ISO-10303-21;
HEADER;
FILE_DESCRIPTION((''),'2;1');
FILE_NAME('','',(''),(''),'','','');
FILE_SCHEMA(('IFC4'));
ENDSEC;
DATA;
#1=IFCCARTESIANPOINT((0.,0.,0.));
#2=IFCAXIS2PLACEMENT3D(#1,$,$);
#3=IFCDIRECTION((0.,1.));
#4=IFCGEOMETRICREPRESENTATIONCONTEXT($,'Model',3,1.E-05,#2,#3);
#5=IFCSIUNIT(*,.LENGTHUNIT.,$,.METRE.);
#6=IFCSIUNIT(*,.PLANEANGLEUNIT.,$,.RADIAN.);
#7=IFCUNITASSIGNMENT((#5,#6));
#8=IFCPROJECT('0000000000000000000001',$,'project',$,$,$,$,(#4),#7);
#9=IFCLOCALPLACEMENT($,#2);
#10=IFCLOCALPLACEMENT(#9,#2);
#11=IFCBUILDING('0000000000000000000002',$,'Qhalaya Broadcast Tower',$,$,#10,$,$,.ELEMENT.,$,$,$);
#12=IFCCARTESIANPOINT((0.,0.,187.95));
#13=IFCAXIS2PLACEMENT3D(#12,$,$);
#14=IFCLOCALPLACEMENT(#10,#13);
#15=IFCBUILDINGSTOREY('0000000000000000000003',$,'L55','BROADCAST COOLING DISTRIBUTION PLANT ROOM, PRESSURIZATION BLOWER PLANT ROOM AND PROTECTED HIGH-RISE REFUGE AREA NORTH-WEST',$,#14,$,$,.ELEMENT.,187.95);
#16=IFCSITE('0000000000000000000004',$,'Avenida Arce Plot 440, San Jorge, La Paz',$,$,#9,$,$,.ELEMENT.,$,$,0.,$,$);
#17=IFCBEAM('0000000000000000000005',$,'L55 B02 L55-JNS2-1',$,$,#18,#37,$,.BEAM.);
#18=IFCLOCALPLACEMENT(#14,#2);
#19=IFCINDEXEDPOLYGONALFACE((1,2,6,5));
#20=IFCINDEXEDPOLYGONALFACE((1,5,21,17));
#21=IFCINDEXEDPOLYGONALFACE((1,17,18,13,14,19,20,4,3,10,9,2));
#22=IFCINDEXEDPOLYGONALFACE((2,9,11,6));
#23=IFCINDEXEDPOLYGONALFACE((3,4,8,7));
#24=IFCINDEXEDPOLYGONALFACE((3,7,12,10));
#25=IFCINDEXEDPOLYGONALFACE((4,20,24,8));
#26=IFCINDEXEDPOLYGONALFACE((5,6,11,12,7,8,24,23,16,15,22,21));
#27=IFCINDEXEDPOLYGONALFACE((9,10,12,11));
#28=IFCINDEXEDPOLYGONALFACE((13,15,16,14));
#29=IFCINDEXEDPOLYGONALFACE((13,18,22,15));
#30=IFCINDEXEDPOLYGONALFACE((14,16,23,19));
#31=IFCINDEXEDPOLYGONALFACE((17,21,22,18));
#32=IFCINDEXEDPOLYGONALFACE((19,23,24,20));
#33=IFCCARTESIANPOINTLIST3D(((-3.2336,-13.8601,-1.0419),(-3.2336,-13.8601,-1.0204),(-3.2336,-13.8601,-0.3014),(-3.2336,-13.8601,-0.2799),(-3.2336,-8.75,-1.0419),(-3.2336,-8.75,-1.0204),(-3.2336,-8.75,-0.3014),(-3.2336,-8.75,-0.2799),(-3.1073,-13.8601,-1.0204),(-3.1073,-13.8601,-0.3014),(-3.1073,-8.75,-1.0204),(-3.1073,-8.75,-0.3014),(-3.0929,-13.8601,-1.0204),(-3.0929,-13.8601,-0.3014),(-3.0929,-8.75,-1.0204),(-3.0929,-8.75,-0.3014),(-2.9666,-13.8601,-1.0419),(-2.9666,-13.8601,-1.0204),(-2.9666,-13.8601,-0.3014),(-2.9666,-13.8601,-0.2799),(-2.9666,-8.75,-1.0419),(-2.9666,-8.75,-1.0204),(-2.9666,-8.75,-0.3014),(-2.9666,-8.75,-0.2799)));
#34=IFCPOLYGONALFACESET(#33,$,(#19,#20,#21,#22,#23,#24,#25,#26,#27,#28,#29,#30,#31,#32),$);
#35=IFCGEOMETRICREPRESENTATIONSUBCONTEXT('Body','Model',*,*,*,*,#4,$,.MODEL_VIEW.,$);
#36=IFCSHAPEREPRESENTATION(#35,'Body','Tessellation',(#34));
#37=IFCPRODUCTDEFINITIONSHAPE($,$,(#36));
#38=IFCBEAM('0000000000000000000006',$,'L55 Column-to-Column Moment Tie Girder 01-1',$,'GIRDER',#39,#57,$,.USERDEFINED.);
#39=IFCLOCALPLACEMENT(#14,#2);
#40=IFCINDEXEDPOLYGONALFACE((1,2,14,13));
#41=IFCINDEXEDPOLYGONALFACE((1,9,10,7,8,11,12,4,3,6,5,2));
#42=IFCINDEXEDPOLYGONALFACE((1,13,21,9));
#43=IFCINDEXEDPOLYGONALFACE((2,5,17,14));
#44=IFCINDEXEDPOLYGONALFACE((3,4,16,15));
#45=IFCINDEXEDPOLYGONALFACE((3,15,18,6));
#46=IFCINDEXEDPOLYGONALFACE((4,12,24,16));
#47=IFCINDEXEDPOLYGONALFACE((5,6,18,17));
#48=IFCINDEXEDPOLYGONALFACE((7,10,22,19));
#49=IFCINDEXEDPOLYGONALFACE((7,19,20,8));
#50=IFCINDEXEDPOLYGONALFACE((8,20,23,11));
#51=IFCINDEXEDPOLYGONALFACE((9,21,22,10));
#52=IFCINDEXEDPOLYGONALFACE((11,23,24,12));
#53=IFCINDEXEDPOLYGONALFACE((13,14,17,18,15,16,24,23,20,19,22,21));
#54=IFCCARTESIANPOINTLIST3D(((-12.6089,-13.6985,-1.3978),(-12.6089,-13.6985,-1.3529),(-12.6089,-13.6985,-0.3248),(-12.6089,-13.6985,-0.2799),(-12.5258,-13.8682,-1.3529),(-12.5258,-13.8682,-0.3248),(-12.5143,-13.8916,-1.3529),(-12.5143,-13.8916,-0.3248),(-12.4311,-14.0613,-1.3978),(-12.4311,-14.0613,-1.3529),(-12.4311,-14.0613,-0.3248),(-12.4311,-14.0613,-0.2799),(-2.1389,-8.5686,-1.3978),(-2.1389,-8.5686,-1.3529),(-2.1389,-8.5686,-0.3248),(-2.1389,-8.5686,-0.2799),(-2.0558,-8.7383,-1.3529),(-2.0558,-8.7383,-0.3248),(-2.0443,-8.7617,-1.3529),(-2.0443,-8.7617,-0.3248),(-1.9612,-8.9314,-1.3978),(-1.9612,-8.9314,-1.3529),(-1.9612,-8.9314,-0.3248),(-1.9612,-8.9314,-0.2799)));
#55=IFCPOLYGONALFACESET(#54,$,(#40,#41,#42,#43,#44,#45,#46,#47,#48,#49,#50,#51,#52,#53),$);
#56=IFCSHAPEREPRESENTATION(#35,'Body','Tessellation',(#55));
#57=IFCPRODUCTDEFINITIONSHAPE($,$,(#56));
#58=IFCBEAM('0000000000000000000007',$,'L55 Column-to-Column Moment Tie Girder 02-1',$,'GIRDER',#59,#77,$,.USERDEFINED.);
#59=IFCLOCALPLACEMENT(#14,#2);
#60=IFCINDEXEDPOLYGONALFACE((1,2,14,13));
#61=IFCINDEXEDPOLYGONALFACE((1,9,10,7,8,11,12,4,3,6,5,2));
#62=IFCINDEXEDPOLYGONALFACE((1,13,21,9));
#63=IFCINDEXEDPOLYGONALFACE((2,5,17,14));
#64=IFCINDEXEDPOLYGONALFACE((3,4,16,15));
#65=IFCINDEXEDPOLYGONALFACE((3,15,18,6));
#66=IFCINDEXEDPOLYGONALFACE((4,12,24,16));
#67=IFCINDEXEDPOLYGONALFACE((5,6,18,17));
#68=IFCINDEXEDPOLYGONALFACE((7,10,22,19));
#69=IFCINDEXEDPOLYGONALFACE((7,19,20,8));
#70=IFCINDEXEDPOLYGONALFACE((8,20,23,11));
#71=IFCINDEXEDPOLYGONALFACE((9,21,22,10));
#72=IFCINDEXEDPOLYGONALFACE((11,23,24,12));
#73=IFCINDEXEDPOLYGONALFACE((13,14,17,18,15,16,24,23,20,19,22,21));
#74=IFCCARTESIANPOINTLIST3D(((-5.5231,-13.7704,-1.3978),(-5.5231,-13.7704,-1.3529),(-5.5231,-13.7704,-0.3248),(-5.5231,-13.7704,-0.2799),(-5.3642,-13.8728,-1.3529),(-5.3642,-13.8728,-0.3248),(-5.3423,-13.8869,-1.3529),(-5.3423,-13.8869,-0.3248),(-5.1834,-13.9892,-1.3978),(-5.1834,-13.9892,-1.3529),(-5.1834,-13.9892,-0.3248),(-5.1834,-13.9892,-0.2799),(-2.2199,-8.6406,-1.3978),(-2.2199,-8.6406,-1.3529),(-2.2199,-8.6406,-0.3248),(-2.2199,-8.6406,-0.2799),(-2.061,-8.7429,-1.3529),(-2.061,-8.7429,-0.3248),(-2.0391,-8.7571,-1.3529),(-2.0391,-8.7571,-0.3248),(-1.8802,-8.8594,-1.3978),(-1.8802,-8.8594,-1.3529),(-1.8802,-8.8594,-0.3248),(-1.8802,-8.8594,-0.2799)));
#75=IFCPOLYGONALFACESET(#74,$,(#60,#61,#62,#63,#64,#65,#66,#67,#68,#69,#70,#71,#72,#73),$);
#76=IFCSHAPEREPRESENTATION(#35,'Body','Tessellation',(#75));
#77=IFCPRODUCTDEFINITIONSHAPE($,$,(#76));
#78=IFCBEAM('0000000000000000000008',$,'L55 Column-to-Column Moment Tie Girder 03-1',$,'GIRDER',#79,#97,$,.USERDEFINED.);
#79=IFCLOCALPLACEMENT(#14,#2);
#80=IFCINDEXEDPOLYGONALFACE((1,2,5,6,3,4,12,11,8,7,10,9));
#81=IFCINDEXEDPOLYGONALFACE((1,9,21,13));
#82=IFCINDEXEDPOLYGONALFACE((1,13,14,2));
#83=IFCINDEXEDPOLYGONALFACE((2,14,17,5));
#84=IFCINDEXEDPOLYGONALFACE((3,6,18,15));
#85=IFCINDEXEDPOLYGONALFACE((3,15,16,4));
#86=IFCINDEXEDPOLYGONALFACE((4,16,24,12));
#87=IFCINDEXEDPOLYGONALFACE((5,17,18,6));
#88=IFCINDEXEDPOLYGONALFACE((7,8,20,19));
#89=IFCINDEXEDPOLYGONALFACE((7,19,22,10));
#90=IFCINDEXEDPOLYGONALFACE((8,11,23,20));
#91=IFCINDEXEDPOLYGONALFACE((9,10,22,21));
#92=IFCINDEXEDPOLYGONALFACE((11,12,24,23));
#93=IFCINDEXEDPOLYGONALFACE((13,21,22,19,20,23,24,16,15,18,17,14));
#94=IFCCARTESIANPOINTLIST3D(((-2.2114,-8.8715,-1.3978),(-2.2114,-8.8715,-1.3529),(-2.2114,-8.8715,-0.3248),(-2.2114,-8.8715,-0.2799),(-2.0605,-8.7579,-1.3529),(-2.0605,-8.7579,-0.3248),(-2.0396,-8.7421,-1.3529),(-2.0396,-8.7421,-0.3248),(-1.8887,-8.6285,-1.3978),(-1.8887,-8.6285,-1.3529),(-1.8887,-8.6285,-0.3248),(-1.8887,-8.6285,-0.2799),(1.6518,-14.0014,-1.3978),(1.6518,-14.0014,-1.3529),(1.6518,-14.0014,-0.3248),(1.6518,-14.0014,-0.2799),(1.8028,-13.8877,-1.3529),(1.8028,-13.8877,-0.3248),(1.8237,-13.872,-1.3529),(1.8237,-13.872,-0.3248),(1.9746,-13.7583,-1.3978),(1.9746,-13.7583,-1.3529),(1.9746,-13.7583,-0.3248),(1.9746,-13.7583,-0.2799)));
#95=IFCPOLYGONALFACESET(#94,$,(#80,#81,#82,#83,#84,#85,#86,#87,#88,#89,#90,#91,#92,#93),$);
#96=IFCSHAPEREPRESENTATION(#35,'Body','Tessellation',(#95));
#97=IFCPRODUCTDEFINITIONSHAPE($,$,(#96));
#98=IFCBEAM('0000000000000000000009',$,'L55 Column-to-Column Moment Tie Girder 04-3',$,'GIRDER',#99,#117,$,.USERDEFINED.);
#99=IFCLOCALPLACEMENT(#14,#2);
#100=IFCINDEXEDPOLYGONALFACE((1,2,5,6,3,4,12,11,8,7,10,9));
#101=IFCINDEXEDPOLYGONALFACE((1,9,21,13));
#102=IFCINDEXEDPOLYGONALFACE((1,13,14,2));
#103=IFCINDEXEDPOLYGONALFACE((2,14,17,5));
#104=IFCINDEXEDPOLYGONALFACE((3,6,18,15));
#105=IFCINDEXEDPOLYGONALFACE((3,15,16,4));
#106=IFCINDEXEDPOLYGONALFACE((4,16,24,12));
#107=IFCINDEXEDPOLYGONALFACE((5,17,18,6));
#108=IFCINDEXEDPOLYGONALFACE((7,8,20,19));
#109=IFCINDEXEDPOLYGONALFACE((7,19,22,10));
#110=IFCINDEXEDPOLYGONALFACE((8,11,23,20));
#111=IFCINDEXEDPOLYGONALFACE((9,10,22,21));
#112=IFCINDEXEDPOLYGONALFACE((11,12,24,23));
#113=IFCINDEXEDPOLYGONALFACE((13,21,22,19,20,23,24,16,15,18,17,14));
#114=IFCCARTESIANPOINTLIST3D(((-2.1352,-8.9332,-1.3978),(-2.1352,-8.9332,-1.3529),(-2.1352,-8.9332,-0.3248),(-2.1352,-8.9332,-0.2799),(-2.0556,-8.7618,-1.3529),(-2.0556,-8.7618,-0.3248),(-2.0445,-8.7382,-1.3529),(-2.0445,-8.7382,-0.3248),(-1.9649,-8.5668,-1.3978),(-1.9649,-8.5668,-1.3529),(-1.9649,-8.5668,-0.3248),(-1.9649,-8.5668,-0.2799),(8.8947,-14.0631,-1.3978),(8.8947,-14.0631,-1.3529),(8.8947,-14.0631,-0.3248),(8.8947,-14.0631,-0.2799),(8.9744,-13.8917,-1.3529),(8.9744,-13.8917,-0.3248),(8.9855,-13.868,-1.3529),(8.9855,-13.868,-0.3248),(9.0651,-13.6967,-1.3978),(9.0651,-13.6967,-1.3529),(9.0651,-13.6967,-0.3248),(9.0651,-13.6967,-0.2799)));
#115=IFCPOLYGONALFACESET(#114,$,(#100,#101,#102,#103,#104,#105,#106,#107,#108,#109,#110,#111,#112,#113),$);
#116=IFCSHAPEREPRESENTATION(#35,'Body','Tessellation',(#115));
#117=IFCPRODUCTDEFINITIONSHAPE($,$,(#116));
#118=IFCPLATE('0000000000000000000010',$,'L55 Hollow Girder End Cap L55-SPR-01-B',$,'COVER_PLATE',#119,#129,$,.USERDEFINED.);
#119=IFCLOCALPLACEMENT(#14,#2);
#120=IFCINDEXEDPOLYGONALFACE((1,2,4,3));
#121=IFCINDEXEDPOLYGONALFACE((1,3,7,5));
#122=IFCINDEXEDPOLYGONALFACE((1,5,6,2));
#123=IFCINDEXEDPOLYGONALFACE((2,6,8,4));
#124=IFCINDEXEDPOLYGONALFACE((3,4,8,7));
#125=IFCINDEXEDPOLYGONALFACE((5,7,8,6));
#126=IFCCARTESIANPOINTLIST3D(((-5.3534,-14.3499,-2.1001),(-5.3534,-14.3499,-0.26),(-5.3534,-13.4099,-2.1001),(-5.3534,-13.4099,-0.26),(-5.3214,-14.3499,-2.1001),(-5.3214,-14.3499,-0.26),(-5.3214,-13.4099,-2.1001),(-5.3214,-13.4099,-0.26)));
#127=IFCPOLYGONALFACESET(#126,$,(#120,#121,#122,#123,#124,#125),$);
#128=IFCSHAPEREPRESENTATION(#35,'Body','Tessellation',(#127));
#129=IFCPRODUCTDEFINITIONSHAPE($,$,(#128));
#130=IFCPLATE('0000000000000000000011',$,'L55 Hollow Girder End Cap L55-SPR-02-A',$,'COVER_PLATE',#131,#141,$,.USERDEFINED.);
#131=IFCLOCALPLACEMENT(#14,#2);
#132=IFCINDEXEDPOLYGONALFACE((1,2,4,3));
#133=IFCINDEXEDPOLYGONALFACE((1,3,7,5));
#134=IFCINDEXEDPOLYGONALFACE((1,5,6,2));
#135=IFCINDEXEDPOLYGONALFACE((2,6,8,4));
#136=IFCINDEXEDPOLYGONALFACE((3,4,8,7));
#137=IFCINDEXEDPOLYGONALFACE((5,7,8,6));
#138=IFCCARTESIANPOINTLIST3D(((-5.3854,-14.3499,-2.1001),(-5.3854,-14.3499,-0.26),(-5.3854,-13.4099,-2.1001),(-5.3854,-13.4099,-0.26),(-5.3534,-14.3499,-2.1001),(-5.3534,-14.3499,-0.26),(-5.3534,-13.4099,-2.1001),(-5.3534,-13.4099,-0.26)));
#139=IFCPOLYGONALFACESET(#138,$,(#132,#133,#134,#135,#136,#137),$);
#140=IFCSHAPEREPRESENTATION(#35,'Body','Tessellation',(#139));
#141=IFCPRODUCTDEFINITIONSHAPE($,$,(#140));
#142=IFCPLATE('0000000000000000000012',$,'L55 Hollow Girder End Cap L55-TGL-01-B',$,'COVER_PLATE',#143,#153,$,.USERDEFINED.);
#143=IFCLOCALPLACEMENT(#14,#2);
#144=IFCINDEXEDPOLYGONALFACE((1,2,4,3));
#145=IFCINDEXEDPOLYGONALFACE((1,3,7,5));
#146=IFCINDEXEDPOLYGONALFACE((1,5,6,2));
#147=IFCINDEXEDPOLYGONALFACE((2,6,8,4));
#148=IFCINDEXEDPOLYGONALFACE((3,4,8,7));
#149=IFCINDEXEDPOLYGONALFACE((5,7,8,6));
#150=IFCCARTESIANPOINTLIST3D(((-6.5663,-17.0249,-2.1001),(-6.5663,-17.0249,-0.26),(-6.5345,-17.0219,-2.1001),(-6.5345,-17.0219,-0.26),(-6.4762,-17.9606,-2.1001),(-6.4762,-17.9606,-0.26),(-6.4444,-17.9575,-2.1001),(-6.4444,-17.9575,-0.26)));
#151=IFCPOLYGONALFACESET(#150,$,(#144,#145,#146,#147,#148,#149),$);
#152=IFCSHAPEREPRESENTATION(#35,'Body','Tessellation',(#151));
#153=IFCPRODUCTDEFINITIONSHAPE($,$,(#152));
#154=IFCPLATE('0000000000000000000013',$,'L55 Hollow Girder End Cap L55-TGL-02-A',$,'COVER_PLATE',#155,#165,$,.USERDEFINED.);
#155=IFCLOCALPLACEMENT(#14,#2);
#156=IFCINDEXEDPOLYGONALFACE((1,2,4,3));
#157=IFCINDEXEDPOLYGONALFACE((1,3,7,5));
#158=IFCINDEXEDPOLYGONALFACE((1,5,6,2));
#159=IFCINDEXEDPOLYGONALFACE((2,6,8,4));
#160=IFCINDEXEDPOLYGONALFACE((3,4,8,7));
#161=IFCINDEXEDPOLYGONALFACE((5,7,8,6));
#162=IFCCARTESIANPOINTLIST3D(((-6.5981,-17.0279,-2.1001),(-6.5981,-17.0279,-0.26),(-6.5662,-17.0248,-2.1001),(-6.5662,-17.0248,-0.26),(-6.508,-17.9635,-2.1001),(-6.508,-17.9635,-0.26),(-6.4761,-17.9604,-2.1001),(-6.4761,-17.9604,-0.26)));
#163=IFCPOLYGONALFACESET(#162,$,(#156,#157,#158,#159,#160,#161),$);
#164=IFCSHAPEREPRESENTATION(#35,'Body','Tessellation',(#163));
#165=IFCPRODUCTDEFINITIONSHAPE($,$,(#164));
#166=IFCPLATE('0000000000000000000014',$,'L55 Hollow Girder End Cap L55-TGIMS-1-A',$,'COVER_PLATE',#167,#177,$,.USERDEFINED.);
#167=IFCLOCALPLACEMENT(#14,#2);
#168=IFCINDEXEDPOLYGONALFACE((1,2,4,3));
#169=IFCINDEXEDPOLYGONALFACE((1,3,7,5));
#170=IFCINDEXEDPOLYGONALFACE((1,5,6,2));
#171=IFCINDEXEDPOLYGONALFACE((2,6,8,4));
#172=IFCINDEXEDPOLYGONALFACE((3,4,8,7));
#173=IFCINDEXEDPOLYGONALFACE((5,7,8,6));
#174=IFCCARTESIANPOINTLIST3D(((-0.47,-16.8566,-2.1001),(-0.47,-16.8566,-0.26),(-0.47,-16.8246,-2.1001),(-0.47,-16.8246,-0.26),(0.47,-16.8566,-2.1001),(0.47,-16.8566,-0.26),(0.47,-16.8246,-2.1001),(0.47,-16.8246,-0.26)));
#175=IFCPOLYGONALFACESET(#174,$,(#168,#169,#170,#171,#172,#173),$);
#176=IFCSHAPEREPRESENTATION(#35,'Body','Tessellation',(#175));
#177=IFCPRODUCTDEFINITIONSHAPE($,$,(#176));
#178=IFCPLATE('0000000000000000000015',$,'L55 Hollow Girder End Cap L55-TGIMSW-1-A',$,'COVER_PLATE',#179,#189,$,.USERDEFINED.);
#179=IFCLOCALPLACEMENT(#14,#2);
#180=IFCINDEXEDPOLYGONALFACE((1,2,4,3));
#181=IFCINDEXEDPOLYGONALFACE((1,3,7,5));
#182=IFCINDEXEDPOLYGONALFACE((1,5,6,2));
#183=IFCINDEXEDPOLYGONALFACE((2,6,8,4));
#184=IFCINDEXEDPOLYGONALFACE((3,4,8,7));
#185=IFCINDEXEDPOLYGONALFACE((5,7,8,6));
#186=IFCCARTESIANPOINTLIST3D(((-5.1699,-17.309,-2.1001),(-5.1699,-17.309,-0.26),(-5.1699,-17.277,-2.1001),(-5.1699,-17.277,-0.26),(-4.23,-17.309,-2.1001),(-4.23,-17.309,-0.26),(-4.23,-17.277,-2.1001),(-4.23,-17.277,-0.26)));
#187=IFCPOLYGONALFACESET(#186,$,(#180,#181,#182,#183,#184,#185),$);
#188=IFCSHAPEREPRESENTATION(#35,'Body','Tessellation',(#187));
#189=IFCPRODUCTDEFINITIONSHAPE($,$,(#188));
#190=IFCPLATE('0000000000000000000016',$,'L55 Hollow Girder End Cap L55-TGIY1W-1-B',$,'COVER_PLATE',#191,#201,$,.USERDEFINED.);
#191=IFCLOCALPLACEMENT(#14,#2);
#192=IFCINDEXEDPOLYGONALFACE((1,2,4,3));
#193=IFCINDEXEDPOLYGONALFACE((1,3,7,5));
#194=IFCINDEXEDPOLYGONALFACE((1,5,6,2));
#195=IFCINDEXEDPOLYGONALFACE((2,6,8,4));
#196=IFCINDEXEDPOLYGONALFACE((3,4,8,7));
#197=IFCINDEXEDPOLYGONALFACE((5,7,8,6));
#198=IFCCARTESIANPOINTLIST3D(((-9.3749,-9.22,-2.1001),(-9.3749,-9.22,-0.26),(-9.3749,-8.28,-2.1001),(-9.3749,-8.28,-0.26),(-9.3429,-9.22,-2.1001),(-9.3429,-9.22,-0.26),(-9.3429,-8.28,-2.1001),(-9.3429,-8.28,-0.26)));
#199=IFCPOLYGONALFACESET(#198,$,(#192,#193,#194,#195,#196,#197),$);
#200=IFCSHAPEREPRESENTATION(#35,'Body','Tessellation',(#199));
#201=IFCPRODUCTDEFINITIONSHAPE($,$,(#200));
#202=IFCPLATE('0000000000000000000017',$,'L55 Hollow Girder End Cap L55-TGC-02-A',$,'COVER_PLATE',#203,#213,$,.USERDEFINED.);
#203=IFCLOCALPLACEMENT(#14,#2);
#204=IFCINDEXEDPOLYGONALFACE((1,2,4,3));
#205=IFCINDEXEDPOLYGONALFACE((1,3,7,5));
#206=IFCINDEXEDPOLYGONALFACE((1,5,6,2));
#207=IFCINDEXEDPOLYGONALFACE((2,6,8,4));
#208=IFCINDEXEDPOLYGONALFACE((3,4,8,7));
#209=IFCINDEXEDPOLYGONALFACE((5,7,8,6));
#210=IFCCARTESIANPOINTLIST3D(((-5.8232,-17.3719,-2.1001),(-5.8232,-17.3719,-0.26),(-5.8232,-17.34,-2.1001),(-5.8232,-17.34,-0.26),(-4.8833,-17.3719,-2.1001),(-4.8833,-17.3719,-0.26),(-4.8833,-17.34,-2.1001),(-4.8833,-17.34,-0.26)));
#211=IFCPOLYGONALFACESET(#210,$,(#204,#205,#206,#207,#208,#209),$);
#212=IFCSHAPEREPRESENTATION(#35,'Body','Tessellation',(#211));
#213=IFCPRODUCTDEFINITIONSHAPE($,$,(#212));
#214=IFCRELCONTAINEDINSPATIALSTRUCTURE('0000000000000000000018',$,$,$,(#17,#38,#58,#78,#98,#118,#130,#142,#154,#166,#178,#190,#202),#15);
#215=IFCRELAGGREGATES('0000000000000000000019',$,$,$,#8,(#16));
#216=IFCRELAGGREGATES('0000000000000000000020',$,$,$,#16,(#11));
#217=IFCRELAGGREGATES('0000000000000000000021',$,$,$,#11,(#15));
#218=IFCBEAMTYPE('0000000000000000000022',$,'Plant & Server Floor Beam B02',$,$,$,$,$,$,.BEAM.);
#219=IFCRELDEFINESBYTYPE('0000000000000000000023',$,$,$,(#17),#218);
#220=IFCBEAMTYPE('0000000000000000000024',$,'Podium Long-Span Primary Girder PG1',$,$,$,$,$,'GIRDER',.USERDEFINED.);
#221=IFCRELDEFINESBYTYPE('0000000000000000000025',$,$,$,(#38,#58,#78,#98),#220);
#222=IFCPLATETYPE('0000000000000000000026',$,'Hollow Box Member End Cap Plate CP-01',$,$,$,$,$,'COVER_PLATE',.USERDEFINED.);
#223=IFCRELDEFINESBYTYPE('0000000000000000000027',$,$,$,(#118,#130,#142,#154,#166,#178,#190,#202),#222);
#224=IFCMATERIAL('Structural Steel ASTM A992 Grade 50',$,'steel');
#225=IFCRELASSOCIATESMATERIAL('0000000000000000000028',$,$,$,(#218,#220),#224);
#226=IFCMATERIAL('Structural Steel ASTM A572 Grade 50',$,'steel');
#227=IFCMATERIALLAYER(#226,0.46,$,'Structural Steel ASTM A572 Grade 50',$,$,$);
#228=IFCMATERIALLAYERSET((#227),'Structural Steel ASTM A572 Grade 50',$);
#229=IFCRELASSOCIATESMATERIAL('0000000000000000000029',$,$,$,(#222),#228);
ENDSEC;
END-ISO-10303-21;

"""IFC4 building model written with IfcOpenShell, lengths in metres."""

from ifc_helpers import new_model, si_unit, direction, frame, origin, origin_2d, place, context, subcontext, project, spatial, rectangle, i_section, extrude, material, layer, layer_set, material_profile, profile_set, type_object, element, save


model = new_model("IFC4")

# Units and contexts
model_context = context("Model", 3, precision=1e-05, world=origin(), true_north=direction((0.0, 1.0)))
body_context = subcontext(model_context, "Body", "Model", "MODEL_VIEW")
ifc_project = project(units=[si_unit("LENGTHUNIT", "METRE"), si_unit("PLANEANGLEUNIT", "RADIAN")], contexts=[model_context])

# Site, building, storey
site_placement = place(None, origin())
site = spatial("IfcSite", under=ifc_project, at=site_placement, Name="Avenida Arce Plot 440, San Jorge, La Paz", CompositionType="ELEMENT", RefElevation=0.0)
building_placement = place(site_placement, origin())
building = spatial("IfcBuilding", under=site, at=building_placement, Name="Qhalaya Broadcast Tower", CompositionType="ELEMENT")
storey_placement = place(building_placement, frame((0.0, 0.0, 187.95)))
storey = spatial("IfcBuildingStorey", under=building, at=storey_placement, Name="L55", Description="BROADCAST COOLING DISTRIBUTION PLANT ROOM, PRESSURIZATION BLOWER PLANT ROOM AND PROTECTED HIGH-RISE REFUGE AREA NORTH-WEST", CompositionType="ELEMENT", Elevation=187.95)

# Shared definitions
ifc_material_1 = material(Name="Structural Steel ASTM A572 Grade 50", Category="steel")

# Beams
ifc_material_2 = material(Name="Structural Steel ASTM A992 Grade 50", Category="steel")
ifc_material_profile_1 = material_profile(ifc_material_2, i_section(OverallWidth=0.2671, OverallDepth=0.762, WebThickness=0.0144, FlangeThickness=0.0215, at=origin_2d()), Name="W30X116")
ifc_profile_set_1 = profile_set([ifc_material_profile_1], Name="Structural Steel ASTM A992 Grade 50")
beam_type_1 = type_object("IfcBeamType", Name="Plant & Server Floor Beam B02", PredefinedType="BEAM", material=ifc_profile_set_1)
for number, where, z_axis, x_axis, name in (
    (1, (-3.1001, -13.8601, -0.6609), (0.0, 1.0, 0.0), (-1.0, 0.0, 0.0), "L55 B02 L55-JNS2-1"),
):
    element("IfcBeam", number, at=place(storey_placement, frame(where, z_axis=z_axis, x_axis=x_axis)), inside=storey, type_object=beam_type_1, Name=name, PredefinedType="BEAM", context=body_context, shape_type="SweptSolid", body=[
        extrude(i_section(OverallWidth=0.2671, OverallDepth=0.762, WebThickness=0.0144, FlangeThickness=0.0215, at=origin_2d()), origin(), (0.0, 0.0, 1.0), 5.1101),
    ])
ifc_material_profile_2 = material_profile(ifc_material_2, i_section(OverallWidth=0.4041, OverallDepth=1.1179, WebThickness=0.0261, FlangeThickness=0.0449, at=origin_2d()), Name="W44X335")
ifc_profile_set_2 = profile_set([ifc_material_profile_2], Name="Structural Steel ASTM A992 Grade 50")
beam_type_2 = type_object("IfcBeamType", Name="Podium Long-Span Primary Girder PG1", ElementType="GIRDER", PredefinedType="USERDEFINED", material=ifc_profile_set_2)
beam_1_placement = place(storey_placement, frame((-2.05, -8.75, -0.8389), z_axis=(-0.898004, -0.439987, 0.0), x_axis=(0.439987, -0.898004, 0.0)))
element("IfcBeam", 2, at=beam_1_placement, inside=storey, type_object=beam_type_2, Name="L55 Column-to-Column Moment Tie Girder 01-1", ObjectType="GIRDER", PredefinedType="USERDEFINED", context=body_context, shape_type="SweptSolid", body=[
    extrude(i_section(OverallWidth=0.4041, OverallDepth=1.1179, WebThickness=0.0261, FlangeThickness=0.0449, at=origin_2d()), origin(), (0.0, 0.0, 1.0), 11.6592),
])
beam_2_placement = place(storey_placement, frame((-2.05, -8.75, -0.8389), z_axis=(-0.541388, -0.840773, 0.0), x_axis=(0.840773, -0.541388, 0.0)))
element("IfcBeam", 3, at=beam_2_placement, inside=storey, type_object=beam_type_2, Name="L55 Column-to-Column Moment Tie Girder 02-1", ObjectType="GIRDER", PredefinedType="USERDEFINED", context=body_context, shape_type="SweptSolid", body=[
    extrude(i_section(OverallWidth=0.4041, OverallDepth=1.1179, WebThickness=0.0261, FlangeThickness=0.0449, at=origin_2d()), origin(), (0.0, 0.0, 1.0), 6.1013),
])
beam_3_placement = place(storey_placement, frame((-2.05, -8.75, -0.8389), z_axis=(0.60158, -0.798812, 0.0), x_axis=(0.798812, 0.60158, 0.0)))
element("IfcBeam", 4, at=beam_3_placement, inside=storey, type_object=beam_type_2, Name="L55 Column-to-Column Moment Tie Girder 03-1", ObjectType="GIRDER", PredefinedType="USERDEFINED", context=body_context, shape_type="SweptSolid", body=[
    extrude(i_section(OverallWidth=0.4041, OverallDepth=1.1179, WebThickness=0.0261, FlangeThickness=0.0449, at=origin_2d()), origin(), (0.0, 0.0, 1.0), 6.4219),
])
beam_4_placement = place(storey_placement, frame((-2.05, -8.75, -0.8389), z_axis=(0.906733, -0.421706, 0.0), x_axis=(0.421706, 0.906733, 0.0)))
element("IfcBeam", 5, at=beam_4_placement, inside=storey, type_object=beam_type_2, Name="L55 Column-to-Column Moment Tie Girder 04-3", ObjectType="GIRDER", PredefinedType="USERDEFINED", context=body_context, shape_type="SweptSolid", body=[
    extrude(i_section(OverallWidth=0.4041, OverallDepth=1.1179, WebThickness=0.0261, FlangeThickness=0.0449, at=origin_2d()), origin(), (0.0, 0.0, 1.0), 12.1646),
])

# Plates
ifc_layer_1 = layer(ifc_material_1, 0.46, Name="Structural Steel ASTM A572 Grade 50")
ifc_layer_set_1 = layer_set([ifc_layer_1], Name="Structural Steel ASTM A572 Grade 50")
plate_type = type_object("IfcPlateType", Name="Hollow Box Member End Cap Plate CP-01", ElementType="COVER_PLATE", PredefinedType="USERDEFINED", material=ifc_layer_set_1)
for number, where, z_axis, x_axis, name in (
    (6, (-5.3374, -13.8799, -2.1001), (0.0, 0.0, 1.0), (0.0, 1.0, 0.0), "L55 Hollow Girder End Cap L55-SPR-01-B"),
    (7, (-5.3694, -13.8799, -2.1001), (0.0, 0.0, 1.0), (0.0, 1.0, 0.0), "L55 Hollow Girder End Cap L55-SPR-02-A"),
    (8, (-6.5054, -17.4912, -2.1001), (0.0, 0.0, 1.0), (-0.095846, 0.995396, 0.0), "L55 Hollow Girder End Cap L55-TGL-01-B"),
    (9, (-6.5371, -17.4941, -2.1001), (0.0, 0.0, 1.0), (-0.095846, 0.995396, 0.0), "L55 Hollow Girder End Cap L55-TGL-02-A"),
    (10, (0.0, -16.8406, -2.1001), (0.0, 0.0, 1.0), (-1.0, 0.0, 0.0), "L55 Hollow Girder End Cap L55-TGIMS-1-A"),
    (11, (-4.7, -17.293, -2.1001), (0.0, 0.0, 1.0), (-1.0, 0.0, 0.0), "L55 Hollow Girder End Cap L55-TGIMSW-1-A"),
    (12, (-9.3589, -8.75, -2.1001), (0.0, 0.0, 1.0), (0.0, 1.0, 0.0), "L55 Hollow Girder End Cap L55-TGIY1W-1-B"),
    (13, (-5.3533, -17.356, -2.1001), (0.0, 0.0, 1.0), (-1.0, 0.0, 0.0), "L55 Hollow Girder End Cap L55-TGC-02-A"),
):
    element("IfcPlate", number, at=place(storey_placement, frame(where, z_axis=z_axis, x_axis=x_axis)), inside=storey, type_object=plate_type, Name=name, ObjectType="COVER_PLATE", PredefinedType="USERDEFINED", context=body_context, shape_type="SweptSolid", body=[
        extrude(rectangle(XDim=0.9399, YDim=0.032, at=origin_2d()), origin(), (0.0, 0.0, 1.0), 1.8401),
    ])

save(model, "model.ifc")
